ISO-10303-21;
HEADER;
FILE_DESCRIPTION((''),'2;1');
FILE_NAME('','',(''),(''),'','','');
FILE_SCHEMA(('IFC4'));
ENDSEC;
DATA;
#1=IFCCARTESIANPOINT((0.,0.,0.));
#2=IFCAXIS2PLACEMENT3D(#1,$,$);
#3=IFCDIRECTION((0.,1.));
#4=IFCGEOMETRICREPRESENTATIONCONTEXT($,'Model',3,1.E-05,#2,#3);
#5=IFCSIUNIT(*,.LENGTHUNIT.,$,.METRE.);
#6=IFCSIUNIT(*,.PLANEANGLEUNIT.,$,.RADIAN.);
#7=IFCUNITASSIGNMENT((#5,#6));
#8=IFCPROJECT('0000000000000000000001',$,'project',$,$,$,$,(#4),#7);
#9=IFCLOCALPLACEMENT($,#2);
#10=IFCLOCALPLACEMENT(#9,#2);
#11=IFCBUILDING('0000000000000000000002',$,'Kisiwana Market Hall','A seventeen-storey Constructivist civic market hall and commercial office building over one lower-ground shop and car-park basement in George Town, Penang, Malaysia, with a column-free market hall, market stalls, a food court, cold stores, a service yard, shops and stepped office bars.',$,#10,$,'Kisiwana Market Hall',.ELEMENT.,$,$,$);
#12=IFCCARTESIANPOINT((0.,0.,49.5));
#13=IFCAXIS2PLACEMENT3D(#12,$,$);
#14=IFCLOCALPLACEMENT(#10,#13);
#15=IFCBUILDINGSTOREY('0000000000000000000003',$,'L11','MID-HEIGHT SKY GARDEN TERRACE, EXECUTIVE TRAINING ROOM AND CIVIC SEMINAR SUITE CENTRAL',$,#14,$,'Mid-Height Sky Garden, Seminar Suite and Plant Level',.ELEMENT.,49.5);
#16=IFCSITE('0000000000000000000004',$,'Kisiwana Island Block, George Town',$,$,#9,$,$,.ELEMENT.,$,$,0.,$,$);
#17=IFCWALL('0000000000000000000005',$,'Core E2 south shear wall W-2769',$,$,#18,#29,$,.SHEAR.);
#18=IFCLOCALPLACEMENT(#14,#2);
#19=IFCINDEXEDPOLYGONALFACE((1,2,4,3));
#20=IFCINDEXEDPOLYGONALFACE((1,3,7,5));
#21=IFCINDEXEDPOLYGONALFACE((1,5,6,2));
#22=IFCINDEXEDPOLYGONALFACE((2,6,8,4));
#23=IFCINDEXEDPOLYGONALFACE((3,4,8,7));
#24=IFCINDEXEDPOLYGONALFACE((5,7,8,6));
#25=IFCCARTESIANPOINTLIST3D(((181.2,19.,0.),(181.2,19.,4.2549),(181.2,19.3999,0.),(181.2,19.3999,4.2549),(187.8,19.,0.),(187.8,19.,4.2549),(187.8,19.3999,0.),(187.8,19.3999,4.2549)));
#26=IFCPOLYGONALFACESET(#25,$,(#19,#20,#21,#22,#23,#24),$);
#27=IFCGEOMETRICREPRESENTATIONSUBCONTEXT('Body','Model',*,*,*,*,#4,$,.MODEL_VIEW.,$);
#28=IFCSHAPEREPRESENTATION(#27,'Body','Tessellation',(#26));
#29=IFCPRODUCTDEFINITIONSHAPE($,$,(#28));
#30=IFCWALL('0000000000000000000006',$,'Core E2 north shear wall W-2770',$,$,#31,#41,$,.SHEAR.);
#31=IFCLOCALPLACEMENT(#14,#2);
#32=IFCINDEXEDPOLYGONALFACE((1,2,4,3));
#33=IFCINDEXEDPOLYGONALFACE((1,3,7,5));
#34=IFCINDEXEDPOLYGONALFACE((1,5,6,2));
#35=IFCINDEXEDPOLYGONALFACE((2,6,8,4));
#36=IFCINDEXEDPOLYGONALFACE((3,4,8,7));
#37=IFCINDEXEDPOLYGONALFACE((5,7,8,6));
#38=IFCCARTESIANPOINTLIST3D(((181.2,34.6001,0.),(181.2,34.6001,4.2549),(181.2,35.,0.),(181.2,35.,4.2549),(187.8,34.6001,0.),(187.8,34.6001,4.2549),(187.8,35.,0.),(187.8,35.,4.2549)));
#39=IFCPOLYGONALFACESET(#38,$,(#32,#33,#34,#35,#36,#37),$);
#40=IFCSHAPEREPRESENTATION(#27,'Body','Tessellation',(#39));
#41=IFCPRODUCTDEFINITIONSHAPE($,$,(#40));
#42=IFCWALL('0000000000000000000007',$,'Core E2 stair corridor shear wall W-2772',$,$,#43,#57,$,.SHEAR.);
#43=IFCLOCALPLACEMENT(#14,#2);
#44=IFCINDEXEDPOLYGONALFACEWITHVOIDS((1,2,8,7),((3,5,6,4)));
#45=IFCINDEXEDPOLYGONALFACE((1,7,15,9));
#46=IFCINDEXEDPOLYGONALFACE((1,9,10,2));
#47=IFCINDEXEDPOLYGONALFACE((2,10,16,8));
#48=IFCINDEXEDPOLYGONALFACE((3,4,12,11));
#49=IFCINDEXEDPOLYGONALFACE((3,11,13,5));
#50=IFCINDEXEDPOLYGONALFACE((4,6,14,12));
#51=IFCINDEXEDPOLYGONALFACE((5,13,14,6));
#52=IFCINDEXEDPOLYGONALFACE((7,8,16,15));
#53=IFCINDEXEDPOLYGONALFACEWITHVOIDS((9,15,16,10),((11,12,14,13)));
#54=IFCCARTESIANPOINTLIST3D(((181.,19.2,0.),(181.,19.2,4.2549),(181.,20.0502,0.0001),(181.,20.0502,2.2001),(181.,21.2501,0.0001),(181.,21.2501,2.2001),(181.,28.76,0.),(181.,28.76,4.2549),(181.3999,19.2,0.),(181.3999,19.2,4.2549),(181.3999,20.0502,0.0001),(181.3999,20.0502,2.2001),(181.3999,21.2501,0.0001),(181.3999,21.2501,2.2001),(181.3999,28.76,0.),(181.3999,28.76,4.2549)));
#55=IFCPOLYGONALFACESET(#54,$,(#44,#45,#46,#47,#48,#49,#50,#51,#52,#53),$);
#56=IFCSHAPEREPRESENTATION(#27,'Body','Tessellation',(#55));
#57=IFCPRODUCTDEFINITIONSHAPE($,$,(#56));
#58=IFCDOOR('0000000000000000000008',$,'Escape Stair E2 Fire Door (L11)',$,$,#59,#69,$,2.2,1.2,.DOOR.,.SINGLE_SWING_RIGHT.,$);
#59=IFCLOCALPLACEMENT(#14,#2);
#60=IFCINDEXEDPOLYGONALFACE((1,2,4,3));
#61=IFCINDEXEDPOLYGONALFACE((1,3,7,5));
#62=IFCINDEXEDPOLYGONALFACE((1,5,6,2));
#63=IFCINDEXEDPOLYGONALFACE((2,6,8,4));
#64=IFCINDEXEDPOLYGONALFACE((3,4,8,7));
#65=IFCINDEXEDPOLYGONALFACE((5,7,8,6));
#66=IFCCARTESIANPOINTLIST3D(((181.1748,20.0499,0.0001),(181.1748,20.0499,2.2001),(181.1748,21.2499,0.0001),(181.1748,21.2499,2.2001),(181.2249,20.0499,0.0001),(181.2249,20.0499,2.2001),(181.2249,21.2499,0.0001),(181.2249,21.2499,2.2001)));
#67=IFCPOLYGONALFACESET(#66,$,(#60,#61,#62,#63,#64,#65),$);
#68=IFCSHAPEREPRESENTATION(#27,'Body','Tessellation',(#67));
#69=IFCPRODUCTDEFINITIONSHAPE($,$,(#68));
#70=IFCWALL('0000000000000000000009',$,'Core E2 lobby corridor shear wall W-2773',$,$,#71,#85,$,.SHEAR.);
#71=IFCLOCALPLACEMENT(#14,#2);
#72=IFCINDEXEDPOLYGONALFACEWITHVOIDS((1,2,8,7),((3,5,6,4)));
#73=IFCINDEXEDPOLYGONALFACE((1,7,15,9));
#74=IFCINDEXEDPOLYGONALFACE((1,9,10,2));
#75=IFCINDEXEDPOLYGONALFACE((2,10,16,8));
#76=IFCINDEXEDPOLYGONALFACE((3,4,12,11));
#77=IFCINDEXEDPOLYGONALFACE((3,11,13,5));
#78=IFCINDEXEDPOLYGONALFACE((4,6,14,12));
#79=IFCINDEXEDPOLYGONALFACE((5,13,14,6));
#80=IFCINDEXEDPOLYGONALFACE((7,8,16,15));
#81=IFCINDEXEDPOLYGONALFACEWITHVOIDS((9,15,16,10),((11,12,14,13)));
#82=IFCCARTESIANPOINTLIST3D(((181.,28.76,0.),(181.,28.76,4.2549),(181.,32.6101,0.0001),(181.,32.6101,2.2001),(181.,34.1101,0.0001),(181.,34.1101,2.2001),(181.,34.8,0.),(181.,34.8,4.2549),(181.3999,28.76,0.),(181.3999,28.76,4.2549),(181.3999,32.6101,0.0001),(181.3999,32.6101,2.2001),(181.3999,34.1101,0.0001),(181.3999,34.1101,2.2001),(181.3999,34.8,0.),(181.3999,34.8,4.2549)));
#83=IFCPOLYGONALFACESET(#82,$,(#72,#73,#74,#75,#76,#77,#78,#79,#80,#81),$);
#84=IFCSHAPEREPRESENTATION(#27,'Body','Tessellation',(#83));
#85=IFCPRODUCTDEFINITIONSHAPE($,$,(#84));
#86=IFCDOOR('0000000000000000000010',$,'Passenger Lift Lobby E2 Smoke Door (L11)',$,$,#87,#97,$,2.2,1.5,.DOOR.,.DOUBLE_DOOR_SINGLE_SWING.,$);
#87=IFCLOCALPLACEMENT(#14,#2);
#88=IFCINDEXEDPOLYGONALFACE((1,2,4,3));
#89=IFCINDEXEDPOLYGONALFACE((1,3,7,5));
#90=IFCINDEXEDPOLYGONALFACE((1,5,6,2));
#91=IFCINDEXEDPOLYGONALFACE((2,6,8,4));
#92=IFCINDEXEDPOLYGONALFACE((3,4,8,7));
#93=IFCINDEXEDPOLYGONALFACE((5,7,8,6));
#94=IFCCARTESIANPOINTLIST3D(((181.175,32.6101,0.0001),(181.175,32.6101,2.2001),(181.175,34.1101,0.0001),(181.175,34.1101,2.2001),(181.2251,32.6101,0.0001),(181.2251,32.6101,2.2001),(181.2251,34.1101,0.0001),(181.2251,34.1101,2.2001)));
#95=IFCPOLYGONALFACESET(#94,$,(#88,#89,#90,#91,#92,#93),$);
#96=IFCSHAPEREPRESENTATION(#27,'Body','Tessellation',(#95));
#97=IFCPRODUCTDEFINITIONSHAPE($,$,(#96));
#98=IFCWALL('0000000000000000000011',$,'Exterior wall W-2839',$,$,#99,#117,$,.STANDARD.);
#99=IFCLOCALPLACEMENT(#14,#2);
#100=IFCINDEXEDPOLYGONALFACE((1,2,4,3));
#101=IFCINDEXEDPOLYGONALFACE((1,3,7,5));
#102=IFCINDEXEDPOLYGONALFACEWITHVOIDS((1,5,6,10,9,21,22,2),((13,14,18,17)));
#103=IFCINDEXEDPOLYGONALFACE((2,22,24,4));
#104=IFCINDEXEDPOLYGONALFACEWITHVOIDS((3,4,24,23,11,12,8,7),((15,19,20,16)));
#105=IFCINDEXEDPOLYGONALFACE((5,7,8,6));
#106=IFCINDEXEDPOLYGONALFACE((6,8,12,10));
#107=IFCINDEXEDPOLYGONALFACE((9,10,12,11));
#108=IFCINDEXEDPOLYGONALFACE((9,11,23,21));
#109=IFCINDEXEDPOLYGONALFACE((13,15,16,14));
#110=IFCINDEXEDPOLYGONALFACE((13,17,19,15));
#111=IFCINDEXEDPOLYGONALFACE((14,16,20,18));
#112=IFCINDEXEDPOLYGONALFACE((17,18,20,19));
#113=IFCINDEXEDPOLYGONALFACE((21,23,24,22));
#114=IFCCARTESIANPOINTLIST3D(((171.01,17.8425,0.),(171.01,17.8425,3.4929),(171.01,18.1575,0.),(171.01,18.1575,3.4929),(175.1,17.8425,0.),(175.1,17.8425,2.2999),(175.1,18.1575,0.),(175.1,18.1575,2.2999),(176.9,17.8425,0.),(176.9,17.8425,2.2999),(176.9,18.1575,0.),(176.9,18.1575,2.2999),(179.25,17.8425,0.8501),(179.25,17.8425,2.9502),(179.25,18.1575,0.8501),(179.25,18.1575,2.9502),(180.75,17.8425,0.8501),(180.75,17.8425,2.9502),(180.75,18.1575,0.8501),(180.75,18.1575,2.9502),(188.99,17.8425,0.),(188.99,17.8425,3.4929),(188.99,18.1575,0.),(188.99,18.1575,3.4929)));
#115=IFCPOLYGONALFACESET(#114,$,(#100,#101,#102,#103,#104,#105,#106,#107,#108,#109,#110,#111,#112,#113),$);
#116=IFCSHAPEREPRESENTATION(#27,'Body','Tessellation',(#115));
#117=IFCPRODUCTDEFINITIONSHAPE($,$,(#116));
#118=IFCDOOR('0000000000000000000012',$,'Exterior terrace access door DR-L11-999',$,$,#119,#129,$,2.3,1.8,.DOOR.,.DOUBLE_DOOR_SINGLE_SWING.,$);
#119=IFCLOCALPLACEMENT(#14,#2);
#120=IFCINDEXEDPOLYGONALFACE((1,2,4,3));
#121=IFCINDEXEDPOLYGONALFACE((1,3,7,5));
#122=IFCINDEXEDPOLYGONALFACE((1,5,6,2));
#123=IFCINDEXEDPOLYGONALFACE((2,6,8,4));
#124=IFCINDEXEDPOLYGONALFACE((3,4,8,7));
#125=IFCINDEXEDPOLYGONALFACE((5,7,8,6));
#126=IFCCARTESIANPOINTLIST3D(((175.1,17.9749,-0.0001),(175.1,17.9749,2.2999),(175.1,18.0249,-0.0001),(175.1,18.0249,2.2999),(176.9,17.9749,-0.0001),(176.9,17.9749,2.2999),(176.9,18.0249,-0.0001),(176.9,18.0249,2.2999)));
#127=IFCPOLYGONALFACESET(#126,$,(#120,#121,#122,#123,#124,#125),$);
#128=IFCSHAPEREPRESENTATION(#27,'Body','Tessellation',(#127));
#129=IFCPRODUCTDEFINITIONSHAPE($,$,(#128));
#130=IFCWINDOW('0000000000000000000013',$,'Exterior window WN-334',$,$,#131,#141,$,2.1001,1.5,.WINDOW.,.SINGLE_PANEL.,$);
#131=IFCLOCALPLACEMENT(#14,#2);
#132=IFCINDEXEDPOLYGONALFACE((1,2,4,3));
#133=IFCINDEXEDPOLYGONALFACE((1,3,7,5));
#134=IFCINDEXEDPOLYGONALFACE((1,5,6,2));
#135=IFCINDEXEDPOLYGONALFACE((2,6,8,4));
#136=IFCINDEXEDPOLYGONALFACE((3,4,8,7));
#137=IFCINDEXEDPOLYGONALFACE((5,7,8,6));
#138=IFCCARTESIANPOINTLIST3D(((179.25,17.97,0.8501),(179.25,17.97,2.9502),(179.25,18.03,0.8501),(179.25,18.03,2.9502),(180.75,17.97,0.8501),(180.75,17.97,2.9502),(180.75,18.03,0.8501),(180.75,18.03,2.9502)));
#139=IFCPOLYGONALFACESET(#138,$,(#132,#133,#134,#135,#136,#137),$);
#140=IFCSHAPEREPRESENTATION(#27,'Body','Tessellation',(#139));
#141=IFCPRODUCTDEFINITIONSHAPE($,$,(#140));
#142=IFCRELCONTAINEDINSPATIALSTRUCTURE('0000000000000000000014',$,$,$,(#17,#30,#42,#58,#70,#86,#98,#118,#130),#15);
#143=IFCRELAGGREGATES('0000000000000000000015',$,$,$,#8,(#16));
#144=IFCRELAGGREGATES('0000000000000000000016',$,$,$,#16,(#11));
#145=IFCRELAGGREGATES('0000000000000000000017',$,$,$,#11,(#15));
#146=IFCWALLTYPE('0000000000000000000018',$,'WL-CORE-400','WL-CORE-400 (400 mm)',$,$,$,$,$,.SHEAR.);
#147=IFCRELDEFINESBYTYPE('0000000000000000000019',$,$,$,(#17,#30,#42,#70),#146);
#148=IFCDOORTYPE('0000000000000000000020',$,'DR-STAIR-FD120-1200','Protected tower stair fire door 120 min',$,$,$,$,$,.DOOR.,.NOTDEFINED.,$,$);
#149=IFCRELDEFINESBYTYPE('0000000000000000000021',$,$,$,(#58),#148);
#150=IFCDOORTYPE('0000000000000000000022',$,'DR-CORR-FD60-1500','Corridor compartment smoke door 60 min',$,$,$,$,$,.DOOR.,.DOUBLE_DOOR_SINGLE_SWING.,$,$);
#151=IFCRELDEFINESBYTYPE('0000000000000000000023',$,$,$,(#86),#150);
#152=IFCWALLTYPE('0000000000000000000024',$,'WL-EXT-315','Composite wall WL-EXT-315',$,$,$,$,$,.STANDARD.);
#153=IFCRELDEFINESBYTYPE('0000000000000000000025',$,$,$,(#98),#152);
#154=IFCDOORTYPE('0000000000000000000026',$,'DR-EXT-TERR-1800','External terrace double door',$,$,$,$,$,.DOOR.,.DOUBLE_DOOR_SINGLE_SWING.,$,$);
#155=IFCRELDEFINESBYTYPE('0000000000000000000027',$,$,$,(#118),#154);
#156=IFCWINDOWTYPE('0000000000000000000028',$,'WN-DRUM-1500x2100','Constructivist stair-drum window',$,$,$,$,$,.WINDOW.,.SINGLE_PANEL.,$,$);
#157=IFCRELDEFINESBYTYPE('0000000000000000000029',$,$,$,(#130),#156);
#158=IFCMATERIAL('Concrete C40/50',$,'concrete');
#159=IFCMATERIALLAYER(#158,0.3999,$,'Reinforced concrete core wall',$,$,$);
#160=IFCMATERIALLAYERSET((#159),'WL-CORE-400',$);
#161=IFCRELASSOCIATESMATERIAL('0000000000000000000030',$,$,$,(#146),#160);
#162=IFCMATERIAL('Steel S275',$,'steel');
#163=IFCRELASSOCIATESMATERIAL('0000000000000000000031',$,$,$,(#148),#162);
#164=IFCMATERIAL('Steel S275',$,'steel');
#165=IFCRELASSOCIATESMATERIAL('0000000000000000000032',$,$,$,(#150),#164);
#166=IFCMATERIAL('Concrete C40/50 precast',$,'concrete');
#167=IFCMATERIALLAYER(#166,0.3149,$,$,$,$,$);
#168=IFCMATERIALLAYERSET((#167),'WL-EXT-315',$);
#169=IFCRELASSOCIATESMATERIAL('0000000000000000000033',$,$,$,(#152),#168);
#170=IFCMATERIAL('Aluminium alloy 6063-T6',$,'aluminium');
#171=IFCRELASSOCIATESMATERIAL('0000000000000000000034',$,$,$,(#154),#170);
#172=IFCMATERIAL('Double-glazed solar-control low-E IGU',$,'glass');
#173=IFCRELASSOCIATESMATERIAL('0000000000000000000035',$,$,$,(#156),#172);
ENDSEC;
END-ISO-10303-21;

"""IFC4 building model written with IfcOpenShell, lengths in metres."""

from ifc_helpers import new_model, si_unit, direction, frame, frame_2d, origin, place, context, subcontext, project, spatial, rectangle, extrude, material, layer, layer_set, type_object, element, fill, save


model = new_model("IFC4")

# Units and contexts
model_context = context("Model", 3, precision=1e-05, world=origin(), true_north=direction((0.0, 1.0)))
body_context = subcontext(model_context, "Body", "Model", "MODEL_VIEW")
ifc_project = project(units=[si_unit("LENGTHUNIT", "METRE"), si_unit("PLANEANGLEUNIT", "RADIAN")], contexts=[model_context])

# Site, building, storey
site_placement = place(None, origin())
site = spatial("IfcSite", under=ifc_project, at=site_placement, Name="Kisiwana Island Block, George Town", CompositionType="ELEMENT", RefElevation=0.0)
building_placement = place(site_placement, origin())
building = spatial("IfcBuilding", under=site, at=building_placement, Name="Kisiwana Market Hall", Description="A seventeen-storey Constructivist civic market hall and commercial office building over one lower-ground shop and car-park basement in George Town, Penang, Malaysia, with a column-free market hall, market stalls, a food court, cold stores, a service yard, shops and stepped office bars.", LongName="Kisiwana Market Hall", CompositionType="ELEMENT")
storey_placement = place(building_placement, frame((0.0, 0.0, 49.5)))
storey = spatial("IfcBuildingStorey", under=building, at=storey_placement, Name="L11", Description="MID-HEIGHT SKY GARDEN TERRACE, EXECUTIVE TRAINING ROOM AND CIVIC SEMINAR SUITE CENTRAL", LongName="Mid-Height Sky Garden, Seminar Suite and Plant Level", CompositionType="ELEMENT", Elevation=49.5)

# Walls
ifc_material_1 = material(Name="Concrete C40/50", Category="concrete")
ifc_layer_1 = layer(ifc_material_1, 0.3999, Name="Reinforced concrete core wall")
ifc_layer_set_1 = layer_set([ifc_layer_1], Name="WL-CORE-400")
wall_type_1 = type_object("IfcWallType", Name="WL-CORE-400", Description="WL-CORE-400 (400 mm)", PredefinedType="SHEAR", material=ifc_layer_set_1)
for number, where, z_axis, x_axis, name in (
    (1, (181.2, 19.2, 0.0), (0.0, 0.0, 1.0), (1.0, 0.0, 0.0), "Core E2 south shear wall W-2769"),
    (2, (181.2, 34.8, 0.0), (0.0, 0.0, 1.0), (1.0, 0.0, 0.0), "Core E2 north shear wall W-2770"),
):
    element("IfcWall", number, at=place(storey_placement, frame(where, z_axis=z_axis, x_axis=x_axis)), inside=storey, type_object=wall_type_1, Name=name, PredefinedType="SHEAR", context=body_context, shape_type="SweptSolid", body=[
        extrude(rectangle(XDim=6.6001, YDim=0.3999, at=frame_2d((3.3, 0.0))), origin(), (0.0, 0.0, 1.0), 4.2549),
    ])

# Walls, openings, doors
wall_1_placement = place(storey_placement, frame((181.2, 19.2, 0.0), z_axis=(0.0, 0.0, 1.0), x_axis=(0.0, 1.0, 0.0)))
wall_1 = element("IfcWall", 3, at=wall_1_placement, inside=storey, type_object=wall_type_1, Name="Core E2 stair corridor shear wall W-2772", PredefinedType="SHEAR", context=body_context, shape_type="SweptSolid", body=[
    extrude(rectangle(XDim=9.5601, YDim=0.3999, at=frame_2d((4.78, 0.0))), origin(), (0.0, 0.0, 1.0), 4.2549),
])
opening_1_placement = place(wall_1_placement, frame((0.8501, 0.0, 0.0)))
opening_1 = element("IfcOpeningElement", 4, at=opening_1_placement, cuts=wall_1, PredefinedType="OPENING", context=body_context, shape_type="SweptSolid", body=[
    extrude(rectangle(XDim=1.2, YDim=2.2, at=frame_2d((0.6001, 1.1001))), frame((0.0, 0.2119, 0.0), z_axis=(0.0, -1.0, 0.0), x_axis=(1.0, 0.0, 0.0)), (0.0, 0.0, 1.0), 0.4238),
])
ifc_material_2 = material(Name="Steel S275", Category="steel")
door_type_1 = type_object("IfcDoorType", Name="DR-STAIR-FD120-1200", Description="Protected tower stair fire door 120 min", OperationType="NOTDEFINED", PredefinedType="DOOR", material=ifc_material_2)
door_1_placement = place(opening_1_placement, frame((1.2, 0.0, 0.0), z_axis=(0.0, 0.0, 1.0), x_axis=(-1.0, 0.0, 0.0)))
door_1 = element("IfcDoor", 5, at=door_1_placement, inside=storey, type_object=door_type_1, Name="Escape Stair E2 Fire Door (L11)", OperationType="SINGLE_SWING_RIGHT", OverallHeight=2.2, OverallWidth=1.2, PredefinedType="DOOR", context=body_context, shape_type="SweptSolid", body=[
    extrude(rectangle(XDim=1.2, YDim=2.2, at=frame_2d((0.6001, 1.1001))), frame((0.0, 0.0249, 0.0), z_axis=(0.0, -1.0, 0.0), x_axis=(1.0, 0.0, 0.0)), (0.0, 0.0, 1.0), 0.05),
])
fill(opening_1, door_1)
wall_2_placement = place(storey_placement, frame((181.2, 28.76, 0.0), z_axis=(0.0, 0.0, 1.0), x_axis=(0.0, 1.0, 0.0)))
wall_2 = element("IfcWall", 6, at=wall_2_placement, inside=storey, type_object=wall_type_1, Name="Core E2 lobby corridor shear wall W-2773", PredefinedType="SHEAR", context=body_context, shape_type="SweptSolid", body=[
    extrude(rectangle(XDim=6.04, YDim=0.3999, at=frame_2d((3.02, 0.0))), origin(), (0.0, 0.0, 1.0), 4.2549),
])
opening_2_placement = place(wall_2_placement, frame((3.8501, 0.0, 0.0)))
opening_2 = element("IfcOpeningElement", 7, at=opening_2_placement, cuts=wall_2, PredefinedType="OPENING", context=body_context, shape_type="SweptSolid", body=[
    extrude(rectangle(XDim=1.5, YDim=2.2, at=frame_2d((0.75, 1.1001))), frame((0.0, 0.2119, 0.0), z_axis=(0.0, -1.0, 0.0), x_axis=(1.0, 0.0, 0.0)), (0.0, 0.0, 1.0), 0.4238),
])
ifc_material_3 = material(Name="Steel S275", Category="steel")
door_type_2 = type_object("IfcDoorType", Name="DR-CORR-FD60-1500", Description="Corridor compartment smoke door 60 min", OperationType="DOUBLE_DOOR_SINGLE_SWING", PredefinedType="DOOR", material=ifc_material_3)
door_2_placement = place(opening_2_placement, origin())
door_2 = element("IfcDoor", 8, at=door_2_placement, inside=storey, type_object=door_type_2, Name="Passenger Lift Lobby E2 Smoke Door (L11)", OperationType="DOUBLE_DOOR_SINGLE_SWING", OverallHeight=2.2, OverallWidth=1.5, PredefinedType="DOOR", context=body_context, shape_type="SweptSolid", body=[
    extrude(rectangle(XDim=1.5, YDim=2.2, at=frame_2d((0.75, 1.1001))), frame((0.0, 0.0249, 0.0), z_axis=(0.0, -1.0, 0.0), x_axis=(1.0, 0.0, 0.0)), (0.0, 0.0, 1.0), 0.05),
])
fill(opening_2, door_2)

# Wall, openings, door, window
ifc_material_4 = material(Name="Concrete C40/50 precast", Category="concrete")
ifc_layer_2 = layer(ifc_material_4, 0.3149)
ifc_layer_set_2 = layer_set([ifc_layer_2], Name="WL-EXT-315")
wall_type_2 = type_object("IfcWallType", Name="WL-EXT-315", Description="Composite wall WL-EXT-315", PredefinedType="STANDARD", material=ifc_layer_set_2)
wall_3_placement = place(storey_placement, frame((171.01, 18.0, 0.0), z_axis=(0.0, 0.0, 1.0), x_axis=(1.0, 0.0, 0.0)))
wall_3 = element("IfcWall", 9, at=wall_3_placement, inside=storey, type_object=wall_type_2, Name="Exterior wall W-2839", PredefinedType="STANDARD", context=body_context, shape_type="SweptSolid", body=[
    extrude(rectangle(XDim=17.98, YDim=0.3149, at=frame_2d((8.99, 0.0))), origin(), (0.0, 0.0, 1.0), 3.4929),
])
opening_3_placement = place(wall_3_placement, frame((8.24, 0.0, 0.8501)))
opening_3 = element("IfcOpeningElement", 10, at=opening_3_placement, cuts=wall_3, PredefinedType="OPENING", context=body_context, shape_type="SweptSolid", body=[
    extrude(rectangle(XDim=1.5, YDim=2.1001, at=frame_2d((0.75, 1.05))), frame((0.0, 0.1694, 0.0), z_axis=(0.0, -1.0, 0.0), x_axis=(1.0, 0.0, 0.0)), (0.0, 0.0, 1.0), 0.3389),
])
opening_4_placement = place(wall_3_placement, frame((4.0901, 0.0, 0.0)))
opening_4 = element("IfcOpeningElement", 11, at=opening_4_placement, cuts=wall_3, PredefinedType="OPENING", context=body_context, shape_type="SweptSolid", body=[
    extrude(rectangle(XDim=1.8, YDim=2.3, at=frame_2d((0.8999, 1.1499))), frame((0.0, 0.1694, 0.0), z_axis=(0.0, -1.0, 0.0), x_axis=(1.0, 0.0, 0.0)), (0.0, 0.0, 1.0), 0.3389),
])
ifc_material_5 = material(Name="Aluminium alloy 6063-T6", Category="aluminium")
door_type_3 = type_object("IfcDoorType", Name="DR-EXT-TERR-1800", Description="External terrace double door", OperationType="DOUBLE_DOOR_SINGLE_SWING", PredefinedType="DOOR", material=ifc_material_5)
door_3_placement = place(opening_4_placement, origin())
door_3 = element("IfcDoor", 12, at=door_3_placement, inside=storey, type_object=door_type_3, Name="Exterior terrace access door DR-L11-999", OperationType="DOUBLE_DOOR_SINGLE_SWING", OverallHeight=2.3, OverallWidth=1.8, PredefinedType="DOOR", context=body_context, shape_type="SweptSolid", body=[
    extrude(rectangle(XDim=1.8, YDim=2.3, at=frame_2d((0.8999, 1.1499))), frame((0.0, 0.0249, 0.0), z_axis=(0.0, -1.0, 0.0), x_axis=(1.0, 0.0, 0.0)), (0.0, 0.0, 1.0), 0.05),
])
fill(opening_4, door_3)
ifc_material_6 = material(Name="Double-glazed solar-control low-E IGU", Category="glass")
window_type = type_object("IfcWindowType", Name="WN-DRUM-1500x2100", Description="Constructivist stair-drum window", PartitioningType="SINGLE_PANEL", PredefinedType="WINDOW", material=ifc_material_6)
window_placement = place(opening_3_placement, origin())
window = element("IfcWindow", 13, at=window_placement, inside=storey, type_object=window_type, Name="Exterior window WN-334", OverallHeight=2.1001, OverallWidth=1.5, PartitioningType="SINGLE_PANEL", PredefinedType="WINDOW", context=body_context, shape_type="SweptSolid", body=[
    extrude(rectangle(XDim=1.5, YDim=2.1001, at=frame_2d((0.75, 1.05))), frame((0.0, 0.03, 0.0), z_axis=(0.0, -1.0, 0.0), x_axis=(1.0, 0.0, 0.0)), (0.0, 0.0, 1.0), 0.0601),
])
fill(opening_3, window)

save(model, "model.ifc")
